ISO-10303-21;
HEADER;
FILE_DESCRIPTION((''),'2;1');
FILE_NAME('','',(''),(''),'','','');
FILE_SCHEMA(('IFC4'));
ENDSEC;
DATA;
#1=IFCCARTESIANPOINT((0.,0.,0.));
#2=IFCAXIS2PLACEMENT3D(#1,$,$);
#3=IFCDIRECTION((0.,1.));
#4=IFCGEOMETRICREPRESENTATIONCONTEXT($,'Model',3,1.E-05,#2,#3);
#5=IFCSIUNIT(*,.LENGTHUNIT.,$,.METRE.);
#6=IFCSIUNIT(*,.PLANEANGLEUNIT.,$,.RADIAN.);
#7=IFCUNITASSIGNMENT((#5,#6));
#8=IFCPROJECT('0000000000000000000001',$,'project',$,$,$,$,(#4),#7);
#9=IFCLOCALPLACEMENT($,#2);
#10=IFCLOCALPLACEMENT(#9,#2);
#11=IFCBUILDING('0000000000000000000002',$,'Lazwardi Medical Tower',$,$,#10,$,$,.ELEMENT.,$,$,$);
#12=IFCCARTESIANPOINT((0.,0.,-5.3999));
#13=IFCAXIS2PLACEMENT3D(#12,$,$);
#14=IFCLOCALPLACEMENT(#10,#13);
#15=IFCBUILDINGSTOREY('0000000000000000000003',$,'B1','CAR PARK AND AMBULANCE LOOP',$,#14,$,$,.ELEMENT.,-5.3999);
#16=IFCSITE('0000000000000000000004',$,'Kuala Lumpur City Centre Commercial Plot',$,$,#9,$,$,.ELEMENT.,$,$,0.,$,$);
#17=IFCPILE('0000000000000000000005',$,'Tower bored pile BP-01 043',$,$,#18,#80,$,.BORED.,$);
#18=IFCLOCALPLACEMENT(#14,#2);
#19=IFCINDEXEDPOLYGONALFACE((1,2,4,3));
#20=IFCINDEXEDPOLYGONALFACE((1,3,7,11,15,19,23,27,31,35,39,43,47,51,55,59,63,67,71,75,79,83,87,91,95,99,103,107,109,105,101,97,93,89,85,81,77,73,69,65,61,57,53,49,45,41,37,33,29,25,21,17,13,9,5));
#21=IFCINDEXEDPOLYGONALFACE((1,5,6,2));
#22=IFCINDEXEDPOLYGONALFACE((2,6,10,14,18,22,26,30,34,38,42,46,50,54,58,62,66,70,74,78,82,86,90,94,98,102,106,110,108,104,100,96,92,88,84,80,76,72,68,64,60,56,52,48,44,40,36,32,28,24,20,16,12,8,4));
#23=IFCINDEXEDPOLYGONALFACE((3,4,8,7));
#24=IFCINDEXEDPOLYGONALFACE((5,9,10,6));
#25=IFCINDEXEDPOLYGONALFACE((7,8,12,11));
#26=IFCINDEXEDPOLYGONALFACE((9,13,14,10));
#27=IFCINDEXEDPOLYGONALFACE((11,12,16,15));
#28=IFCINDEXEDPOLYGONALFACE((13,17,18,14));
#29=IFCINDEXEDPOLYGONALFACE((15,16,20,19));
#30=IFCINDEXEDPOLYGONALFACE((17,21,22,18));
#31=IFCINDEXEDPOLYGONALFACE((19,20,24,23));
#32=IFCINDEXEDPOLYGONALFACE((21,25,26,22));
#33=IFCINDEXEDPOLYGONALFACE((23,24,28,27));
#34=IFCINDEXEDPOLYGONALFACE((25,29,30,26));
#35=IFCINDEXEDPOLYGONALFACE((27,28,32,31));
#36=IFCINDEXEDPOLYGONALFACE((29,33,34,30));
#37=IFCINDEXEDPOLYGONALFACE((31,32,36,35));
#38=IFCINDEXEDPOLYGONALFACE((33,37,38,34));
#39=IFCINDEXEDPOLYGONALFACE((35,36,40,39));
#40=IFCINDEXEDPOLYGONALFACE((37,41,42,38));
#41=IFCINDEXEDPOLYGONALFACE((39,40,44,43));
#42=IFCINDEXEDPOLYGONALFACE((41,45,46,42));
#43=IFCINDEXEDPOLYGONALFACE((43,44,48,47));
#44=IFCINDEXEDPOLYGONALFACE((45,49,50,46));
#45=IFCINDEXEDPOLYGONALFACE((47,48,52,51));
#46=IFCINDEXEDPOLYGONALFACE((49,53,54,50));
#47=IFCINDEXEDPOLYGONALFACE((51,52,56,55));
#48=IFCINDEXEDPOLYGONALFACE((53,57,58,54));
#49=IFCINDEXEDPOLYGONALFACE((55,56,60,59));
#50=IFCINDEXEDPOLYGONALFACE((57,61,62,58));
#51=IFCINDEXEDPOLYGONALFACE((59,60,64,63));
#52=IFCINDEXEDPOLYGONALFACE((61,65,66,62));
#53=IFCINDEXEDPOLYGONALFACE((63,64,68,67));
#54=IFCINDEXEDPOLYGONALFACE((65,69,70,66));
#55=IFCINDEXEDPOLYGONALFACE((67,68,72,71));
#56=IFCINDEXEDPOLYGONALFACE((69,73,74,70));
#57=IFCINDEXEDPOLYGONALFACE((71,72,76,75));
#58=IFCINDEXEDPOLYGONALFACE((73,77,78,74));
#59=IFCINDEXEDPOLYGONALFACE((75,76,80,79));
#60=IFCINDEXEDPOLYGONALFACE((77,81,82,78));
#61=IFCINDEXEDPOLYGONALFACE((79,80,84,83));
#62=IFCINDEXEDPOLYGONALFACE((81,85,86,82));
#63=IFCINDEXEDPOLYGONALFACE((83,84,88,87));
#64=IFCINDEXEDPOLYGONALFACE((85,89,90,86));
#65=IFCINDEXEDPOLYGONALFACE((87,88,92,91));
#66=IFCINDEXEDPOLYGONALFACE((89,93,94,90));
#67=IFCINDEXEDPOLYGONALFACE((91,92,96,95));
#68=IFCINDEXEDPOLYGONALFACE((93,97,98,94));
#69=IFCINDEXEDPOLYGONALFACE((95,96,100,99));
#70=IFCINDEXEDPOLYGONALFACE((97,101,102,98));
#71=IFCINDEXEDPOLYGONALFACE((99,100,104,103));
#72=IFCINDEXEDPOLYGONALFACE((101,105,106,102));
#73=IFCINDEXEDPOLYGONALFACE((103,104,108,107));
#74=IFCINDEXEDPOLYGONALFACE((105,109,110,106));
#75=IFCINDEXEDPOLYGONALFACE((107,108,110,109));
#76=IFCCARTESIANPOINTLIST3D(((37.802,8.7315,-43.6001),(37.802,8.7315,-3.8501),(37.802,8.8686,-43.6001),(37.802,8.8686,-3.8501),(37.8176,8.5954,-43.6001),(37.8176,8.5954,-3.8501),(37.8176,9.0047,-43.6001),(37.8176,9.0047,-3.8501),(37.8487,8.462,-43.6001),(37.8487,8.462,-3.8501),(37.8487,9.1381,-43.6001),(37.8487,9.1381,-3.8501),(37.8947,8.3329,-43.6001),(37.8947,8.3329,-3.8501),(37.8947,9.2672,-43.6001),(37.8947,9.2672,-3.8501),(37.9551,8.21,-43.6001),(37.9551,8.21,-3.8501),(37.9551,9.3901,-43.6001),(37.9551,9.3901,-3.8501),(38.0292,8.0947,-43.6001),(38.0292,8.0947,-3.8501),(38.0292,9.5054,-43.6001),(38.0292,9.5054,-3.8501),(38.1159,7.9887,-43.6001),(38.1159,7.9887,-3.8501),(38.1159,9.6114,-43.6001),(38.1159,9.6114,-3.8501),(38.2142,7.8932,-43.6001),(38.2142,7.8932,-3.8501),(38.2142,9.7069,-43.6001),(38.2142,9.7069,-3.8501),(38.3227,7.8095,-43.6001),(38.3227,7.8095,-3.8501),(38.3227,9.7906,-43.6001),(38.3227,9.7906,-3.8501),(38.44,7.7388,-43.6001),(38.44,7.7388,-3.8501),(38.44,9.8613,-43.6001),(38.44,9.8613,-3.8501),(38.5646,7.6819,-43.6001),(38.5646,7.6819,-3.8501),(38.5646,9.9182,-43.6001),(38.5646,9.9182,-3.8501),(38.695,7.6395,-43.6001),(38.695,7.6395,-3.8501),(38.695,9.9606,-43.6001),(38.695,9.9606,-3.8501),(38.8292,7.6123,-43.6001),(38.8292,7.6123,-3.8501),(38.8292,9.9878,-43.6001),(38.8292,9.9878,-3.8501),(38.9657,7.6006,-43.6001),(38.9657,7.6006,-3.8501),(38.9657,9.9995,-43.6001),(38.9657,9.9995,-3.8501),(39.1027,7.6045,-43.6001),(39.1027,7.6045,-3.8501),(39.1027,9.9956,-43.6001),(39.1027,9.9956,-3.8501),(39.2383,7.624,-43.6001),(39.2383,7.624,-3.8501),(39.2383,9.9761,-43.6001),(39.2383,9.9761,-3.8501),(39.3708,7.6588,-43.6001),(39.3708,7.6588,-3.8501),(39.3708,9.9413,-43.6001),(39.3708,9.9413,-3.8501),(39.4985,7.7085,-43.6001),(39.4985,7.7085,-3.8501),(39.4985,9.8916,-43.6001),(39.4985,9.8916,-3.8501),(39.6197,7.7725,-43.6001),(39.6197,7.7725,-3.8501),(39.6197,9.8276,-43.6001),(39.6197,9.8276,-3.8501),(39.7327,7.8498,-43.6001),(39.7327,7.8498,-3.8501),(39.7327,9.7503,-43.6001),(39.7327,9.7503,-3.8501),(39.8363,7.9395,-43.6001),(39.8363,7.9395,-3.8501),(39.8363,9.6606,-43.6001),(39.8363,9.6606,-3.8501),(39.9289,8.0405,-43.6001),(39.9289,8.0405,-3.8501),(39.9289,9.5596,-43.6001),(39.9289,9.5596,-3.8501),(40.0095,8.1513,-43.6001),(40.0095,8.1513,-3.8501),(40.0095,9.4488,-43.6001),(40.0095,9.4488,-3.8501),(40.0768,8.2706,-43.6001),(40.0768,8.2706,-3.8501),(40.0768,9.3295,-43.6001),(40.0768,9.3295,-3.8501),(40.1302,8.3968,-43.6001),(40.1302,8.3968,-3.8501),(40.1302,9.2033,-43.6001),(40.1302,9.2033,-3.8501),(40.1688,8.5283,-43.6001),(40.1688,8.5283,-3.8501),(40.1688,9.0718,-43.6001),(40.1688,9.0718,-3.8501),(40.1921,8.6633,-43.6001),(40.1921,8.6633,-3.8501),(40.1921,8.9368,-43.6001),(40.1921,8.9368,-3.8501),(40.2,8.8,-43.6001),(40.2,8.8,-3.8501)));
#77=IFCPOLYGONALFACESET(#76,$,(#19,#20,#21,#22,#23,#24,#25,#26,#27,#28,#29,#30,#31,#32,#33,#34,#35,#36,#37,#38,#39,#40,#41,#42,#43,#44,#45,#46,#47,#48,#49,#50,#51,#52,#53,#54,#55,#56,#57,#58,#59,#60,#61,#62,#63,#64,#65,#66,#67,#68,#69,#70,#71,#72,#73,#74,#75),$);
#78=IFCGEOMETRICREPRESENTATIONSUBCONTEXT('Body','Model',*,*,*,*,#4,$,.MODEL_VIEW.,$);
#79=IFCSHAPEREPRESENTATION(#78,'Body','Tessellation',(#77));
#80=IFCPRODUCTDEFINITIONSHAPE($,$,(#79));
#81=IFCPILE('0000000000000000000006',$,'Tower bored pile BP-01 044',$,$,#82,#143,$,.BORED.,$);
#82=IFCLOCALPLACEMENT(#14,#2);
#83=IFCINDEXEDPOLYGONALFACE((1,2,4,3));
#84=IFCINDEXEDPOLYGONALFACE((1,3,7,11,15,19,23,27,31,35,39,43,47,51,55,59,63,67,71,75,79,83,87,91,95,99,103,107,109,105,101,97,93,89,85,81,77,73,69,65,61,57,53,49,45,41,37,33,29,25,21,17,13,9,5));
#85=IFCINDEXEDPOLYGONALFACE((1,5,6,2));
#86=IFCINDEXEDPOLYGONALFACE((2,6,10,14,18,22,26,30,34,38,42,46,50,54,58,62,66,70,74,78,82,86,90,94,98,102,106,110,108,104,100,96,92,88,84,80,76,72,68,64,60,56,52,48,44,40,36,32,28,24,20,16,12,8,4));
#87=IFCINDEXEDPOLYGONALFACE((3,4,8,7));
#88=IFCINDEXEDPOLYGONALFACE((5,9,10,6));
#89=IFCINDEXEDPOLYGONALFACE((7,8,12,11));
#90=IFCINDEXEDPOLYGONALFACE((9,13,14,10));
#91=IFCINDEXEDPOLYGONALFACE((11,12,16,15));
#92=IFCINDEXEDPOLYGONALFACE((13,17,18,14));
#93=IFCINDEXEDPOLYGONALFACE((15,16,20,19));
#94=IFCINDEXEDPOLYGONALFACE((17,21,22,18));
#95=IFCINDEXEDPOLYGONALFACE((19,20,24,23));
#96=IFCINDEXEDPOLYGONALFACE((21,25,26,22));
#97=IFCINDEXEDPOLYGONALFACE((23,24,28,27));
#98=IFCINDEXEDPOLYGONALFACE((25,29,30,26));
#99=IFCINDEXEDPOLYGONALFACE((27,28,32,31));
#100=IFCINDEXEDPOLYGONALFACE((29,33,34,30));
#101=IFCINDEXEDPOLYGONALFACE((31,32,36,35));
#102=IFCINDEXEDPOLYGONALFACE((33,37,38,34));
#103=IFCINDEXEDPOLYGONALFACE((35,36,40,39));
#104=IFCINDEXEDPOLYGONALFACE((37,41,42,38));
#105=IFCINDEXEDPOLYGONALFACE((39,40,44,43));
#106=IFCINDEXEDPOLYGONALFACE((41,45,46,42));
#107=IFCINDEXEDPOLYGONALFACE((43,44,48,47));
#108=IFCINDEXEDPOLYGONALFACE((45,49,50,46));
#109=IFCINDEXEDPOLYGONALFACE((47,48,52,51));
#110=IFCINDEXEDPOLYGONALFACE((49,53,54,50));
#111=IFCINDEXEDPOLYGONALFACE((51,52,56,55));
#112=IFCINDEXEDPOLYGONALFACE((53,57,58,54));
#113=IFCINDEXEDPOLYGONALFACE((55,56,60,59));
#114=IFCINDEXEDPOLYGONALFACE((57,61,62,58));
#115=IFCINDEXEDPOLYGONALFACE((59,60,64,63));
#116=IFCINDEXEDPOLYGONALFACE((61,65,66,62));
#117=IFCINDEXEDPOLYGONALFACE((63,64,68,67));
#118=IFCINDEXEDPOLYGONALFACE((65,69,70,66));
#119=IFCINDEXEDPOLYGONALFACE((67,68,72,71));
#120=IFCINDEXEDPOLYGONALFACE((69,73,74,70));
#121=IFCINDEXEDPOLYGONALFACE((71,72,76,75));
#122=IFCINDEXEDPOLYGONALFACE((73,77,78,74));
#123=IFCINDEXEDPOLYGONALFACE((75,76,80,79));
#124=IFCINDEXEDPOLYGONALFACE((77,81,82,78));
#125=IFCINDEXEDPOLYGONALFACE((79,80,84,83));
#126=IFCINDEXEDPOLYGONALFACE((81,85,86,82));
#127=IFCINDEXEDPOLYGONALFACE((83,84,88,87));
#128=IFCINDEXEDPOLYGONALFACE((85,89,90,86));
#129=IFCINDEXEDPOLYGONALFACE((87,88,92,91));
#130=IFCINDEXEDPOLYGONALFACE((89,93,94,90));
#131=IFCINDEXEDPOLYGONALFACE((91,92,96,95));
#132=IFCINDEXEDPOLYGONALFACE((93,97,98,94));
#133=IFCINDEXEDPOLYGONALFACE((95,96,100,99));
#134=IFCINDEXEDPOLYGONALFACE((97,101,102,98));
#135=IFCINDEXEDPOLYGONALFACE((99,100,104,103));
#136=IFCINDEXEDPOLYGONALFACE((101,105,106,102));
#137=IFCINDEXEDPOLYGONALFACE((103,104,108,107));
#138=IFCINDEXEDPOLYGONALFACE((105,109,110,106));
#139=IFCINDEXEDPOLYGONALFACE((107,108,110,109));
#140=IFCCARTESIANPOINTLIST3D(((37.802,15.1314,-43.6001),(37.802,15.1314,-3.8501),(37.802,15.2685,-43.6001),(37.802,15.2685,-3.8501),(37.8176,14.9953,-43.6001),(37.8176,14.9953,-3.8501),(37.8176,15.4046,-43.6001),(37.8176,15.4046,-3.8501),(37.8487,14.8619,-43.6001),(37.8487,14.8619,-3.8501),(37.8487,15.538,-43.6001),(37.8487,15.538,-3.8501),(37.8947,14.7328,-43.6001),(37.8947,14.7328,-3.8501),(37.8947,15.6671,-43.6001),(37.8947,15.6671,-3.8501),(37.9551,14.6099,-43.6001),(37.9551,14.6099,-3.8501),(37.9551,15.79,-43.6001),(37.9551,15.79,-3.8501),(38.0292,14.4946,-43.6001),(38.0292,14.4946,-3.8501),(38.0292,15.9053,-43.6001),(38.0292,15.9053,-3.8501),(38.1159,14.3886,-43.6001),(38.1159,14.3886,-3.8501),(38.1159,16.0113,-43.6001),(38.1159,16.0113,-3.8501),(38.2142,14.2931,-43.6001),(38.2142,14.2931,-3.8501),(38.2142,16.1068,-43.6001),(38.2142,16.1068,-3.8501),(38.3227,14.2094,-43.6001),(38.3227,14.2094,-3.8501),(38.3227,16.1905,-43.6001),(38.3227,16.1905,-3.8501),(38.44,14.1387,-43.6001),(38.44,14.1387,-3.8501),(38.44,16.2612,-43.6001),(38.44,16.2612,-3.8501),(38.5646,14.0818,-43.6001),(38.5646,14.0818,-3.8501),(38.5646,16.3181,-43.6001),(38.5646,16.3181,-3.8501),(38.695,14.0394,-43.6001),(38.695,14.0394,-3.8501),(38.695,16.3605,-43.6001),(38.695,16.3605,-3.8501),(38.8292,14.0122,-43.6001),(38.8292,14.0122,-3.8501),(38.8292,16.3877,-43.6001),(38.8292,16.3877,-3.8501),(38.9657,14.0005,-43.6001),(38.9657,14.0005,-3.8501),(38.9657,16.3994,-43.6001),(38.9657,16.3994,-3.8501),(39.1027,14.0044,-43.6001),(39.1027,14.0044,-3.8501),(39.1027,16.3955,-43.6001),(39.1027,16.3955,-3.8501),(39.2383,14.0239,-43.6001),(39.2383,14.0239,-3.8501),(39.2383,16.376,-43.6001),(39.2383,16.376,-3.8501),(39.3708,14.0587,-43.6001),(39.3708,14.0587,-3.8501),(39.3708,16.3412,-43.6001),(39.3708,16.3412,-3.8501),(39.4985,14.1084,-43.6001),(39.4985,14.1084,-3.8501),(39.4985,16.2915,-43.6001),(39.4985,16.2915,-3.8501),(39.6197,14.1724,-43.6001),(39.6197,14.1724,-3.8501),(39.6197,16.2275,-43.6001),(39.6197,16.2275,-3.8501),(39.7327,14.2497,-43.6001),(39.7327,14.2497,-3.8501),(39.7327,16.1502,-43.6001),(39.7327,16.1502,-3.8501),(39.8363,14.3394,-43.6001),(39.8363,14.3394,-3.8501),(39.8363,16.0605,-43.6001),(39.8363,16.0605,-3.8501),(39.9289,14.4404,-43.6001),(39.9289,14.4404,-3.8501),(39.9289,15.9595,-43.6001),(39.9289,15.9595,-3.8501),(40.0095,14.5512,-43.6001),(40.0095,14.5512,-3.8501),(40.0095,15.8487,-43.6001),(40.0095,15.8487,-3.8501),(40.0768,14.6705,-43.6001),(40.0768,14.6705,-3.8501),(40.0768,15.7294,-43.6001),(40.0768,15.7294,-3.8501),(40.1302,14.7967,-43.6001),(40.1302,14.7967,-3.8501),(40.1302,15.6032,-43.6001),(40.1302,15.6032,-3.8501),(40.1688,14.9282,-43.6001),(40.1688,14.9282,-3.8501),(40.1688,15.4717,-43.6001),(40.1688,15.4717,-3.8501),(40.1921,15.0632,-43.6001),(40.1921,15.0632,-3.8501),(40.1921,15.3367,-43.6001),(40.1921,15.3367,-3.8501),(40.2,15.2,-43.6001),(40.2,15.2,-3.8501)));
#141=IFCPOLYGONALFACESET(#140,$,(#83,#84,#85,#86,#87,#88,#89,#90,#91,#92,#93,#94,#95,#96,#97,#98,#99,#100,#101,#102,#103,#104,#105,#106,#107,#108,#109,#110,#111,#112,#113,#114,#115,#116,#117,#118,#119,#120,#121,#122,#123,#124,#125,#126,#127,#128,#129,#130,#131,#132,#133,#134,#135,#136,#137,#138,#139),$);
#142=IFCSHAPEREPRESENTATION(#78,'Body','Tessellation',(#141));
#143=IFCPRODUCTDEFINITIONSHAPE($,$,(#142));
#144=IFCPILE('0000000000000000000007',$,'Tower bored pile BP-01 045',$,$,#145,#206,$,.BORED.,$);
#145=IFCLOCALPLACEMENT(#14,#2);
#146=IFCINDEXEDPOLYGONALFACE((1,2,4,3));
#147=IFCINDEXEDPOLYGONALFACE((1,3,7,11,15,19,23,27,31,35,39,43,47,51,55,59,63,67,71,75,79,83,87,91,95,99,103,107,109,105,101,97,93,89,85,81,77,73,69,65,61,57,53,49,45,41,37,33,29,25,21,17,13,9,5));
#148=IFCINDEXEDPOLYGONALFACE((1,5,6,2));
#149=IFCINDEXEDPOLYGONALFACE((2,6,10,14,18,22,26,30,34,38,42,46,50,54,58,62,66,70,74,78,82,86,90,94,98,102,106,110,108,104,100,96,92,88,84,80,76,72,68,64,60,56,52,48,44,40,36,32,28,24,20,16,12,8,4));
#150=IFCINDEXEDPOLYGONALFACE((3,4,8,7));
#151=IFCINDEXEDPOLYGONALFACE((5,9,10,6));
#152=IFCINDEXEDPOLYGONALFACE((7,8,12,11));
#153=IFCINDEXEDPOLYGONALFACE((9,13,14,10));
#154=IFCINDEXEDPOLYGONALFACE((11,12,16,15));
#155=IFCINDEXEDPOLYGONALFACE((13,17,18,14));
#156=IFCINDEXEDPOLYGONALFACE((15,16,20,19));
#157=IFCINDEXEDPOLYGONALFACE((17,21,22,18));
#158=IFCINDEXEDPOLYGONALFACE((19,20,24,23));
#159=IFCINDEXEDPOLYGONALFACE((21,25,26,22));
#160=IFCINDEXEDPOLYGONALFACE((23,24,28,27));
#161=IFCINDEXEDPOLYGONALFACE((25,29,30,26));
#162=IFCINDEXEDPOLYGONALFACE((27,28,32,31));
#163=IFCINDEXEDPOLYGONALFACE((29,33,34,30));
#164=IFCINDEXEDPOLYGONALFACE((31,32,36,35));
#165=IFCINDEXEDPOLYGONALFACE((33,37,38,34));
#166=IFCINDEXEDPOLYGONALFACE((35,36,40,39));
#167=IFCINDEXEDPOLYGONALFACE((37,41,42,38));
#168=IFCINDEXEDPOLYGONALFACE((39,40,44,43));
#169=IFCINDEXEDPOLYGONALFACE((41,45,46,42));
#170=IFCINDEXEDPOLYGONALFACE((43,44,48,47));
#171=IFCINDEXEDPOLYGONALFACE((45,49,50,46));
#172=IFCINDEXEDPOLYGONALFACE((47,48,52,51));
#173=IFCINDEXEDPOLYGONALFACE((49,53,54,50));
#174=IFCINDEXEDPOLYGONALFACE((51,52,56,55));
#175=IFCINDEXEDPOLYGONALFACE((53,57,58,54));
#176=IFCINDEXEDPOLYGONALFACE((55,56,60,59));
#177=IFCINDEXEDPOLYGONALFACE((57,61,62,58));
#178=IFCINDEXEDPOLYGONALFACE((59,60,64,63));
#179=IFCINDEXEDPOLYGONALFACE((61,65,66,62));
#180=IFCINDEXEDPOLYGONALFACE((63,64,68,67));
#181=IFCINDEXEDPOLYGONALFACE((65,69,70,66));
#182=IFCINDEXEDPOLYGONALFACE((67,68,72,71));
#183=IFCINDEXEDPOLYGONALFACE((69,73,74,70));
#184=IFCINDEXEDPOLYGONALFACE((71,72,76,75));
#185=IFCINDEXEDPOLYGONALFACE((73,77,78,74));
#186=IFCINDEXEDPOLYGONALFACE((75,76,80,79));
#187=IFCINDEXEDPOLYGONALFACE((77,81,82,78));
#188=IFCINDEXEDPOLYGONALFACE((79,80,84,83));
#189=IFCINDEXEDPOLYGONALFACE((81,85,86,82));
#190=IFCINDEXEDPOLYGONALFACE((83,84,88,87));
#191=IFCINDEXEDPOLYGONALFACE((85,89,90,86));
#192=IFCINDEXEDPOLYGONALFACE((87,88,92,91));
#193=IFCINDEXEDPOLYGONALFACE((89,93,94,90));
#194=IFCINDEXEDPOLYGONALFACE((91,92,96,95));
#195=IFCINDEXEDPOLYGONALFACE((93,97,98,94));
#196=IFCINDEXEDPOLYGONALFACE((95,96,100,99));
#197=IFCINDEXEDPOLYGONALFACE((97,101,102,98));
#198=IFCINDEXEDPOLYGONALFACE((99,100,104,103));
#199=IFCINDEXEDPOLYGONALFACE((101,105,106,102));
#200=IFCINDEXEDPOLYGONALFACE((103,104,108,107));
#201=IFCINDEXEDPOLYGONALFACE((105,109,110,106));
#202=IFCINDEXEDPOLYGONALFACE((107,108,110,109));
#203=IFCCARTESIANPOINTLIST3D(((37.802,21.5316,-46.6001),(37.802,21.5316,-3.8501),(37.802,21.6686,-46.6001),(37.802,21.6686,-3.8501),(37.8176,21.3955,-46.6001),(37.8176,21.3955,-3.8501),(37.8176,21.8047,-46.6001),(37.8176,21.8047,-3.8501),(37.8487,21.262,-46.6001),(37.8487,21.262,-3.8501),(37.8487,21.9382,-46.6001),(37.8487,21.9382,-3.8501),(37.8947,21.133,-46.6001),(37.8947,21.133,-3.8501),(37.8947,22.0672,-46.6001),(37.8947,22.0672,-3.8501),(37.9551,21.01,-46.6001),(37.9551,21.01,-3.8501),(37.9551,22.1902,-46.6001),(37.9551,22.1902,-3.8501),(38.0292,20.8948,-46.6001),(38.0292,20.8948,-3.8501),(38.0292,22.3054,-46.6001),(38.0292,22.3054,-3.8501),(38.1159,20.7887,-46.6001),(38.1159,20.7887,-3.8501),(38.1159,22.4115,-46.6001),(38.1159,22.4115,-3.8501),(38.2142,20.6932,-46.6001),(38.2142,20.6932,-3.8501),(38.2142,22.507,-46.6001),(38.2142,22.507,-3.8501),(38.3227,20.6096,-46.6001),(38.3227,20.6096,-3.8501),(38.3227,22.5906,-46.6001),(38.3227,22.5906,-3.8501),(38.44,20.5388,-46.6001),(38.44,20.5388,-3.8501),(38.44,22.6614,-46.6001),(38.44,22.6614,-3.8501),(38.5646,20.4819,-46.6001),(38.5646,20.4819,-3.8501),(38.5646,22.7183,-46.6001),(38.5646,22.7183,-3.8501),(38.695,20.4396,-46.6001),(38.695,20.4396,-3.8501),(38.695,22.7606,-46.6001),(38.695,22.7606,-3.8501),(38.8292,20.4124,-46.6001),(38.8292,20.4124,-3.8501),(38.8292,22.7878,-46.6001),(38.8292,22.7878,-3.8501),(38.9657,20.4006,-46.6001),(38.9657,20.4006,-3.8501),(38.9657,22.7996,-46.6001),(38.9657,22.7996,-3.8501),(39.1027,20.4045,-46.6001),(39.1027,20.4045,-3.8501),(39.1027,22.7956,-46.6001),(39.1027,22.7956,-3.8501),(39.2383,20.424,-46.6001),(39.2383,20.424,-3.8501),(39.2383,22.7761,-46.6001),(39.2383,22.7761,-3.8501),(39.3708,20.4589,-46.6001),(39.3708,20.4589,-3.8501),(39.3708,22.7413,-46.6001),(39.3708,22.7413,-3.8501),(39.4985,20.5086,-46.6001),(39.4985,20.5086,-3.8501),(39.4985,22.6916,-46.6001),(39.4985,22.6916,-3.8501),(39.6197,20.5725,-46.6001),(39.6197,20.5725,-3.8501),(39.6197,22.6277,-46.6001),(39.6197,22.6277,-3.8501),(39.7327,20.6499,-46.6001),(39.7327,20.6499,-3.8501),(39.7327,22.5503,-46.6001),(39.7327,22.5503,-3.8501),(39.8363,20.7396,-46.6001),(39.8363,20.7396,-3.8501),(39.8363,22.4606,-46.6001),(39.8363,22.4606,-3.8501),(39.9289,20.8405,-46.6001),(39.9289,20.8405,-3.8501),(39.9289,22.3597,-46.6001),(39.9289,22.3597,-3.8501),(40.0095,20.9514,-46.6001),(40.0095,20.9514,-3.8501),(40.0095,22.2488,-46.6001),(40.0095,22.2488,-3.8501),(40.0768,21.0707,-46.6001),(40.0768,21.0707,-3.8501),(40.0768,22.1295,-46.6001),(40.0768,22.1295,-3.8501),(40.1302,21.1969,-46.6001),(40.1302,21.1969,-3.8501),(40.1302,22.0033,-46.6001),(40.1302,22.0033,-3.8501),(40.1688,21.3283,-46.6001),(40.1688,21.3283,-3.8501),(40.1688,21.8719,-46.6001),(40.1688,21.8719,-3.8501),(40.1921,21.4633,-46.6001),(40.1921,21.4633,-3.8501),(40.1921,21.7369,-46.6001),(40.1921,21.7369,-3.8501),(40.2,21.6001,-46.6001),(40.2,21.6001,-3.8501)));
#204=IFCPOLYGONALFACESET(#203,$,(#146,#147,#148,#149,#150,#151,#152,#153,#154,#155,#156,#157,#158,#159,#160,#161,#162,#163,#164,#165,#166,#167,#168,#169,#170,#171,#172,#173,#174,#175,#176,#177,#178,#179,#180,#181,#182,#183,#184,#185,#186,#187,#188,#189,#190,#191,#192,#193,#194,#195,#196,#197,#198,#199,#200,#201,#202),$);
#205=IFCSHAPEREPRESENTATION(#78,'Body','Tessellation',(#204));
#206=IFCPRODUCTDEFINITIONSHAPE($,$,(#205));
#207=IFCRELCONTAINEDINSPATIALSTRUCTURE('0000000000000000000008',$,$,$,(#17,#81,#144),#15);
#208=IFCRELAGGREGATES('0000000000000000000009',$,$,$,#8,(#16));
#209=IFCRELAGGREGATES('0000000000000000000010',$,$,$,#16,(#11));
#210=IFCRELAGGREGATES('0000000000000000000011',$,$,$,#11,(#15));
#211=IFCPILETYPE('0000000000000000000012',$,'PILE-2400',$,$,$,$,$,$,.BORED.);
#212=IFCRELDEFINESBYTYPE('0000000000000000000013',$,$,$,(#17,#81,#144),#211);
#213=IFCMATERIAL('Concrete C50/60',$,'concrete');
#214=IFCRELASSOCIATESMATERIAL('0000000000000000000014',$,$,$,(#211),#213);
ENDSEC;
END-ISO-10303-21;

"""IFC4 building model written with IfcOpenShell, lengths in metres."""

from ifc_helpers import new_model, si_unit, direction, frame, origin, origin_2d, place, context, subcontext, project, spatial, circle, extrude, material, material_profile, profile_set, type_object, element, save


model = new_model("IFC4")

# Units and contexts
model_context = context("Model", 3, precision=1e-05, world=origin(), true_north=direction((0.0, 1.0)))
body_context = subcontext(model_context, "Body", "Model", "MODEL_VIEW")
ifc_project = project(units=[si_unit("LENGTHUNIT", "METRE"), si_unit("PLANEANGLEUNIT", "RADIAN")], contexts=[model_context])

# Site, building, storey
site_placement = place(None, origin())
site = spatial("IfcSite", under=ifc_project, at=site_placement, Name="Kuala Lumpur City Centre Commercial Plot", CompositionType="ELEMENT", RefElevation=0.0)
building_placement = place(site_placement, origin())
building = spatial("IfcBuilding", under=site, at=building_placement, Name="Lazwardi Medical Tower", CompositionType="ELEMENT")
storey_placement = place(building_placement, frame((0.0, 0.0, -5.3999)))
storey = spatial("IfcBuildingStorey", under=building, at=storey_placement, Name="B1", Description="CAR PARK AND AMBULANCE LOOP", CompositionType="ELEMENT", Elevation=-5.3999)

# Piles
ifc_material_1 = material(Name="Concrete C50/60", Category="concrete")
ifc_material_profile_1 = material_profile(ifc_material_1, circle(Radius=1.2, at=origin_2d()), Name="BORED PILE D2400")
ifc_profile_set_1 = profile_set([ifc_material_profile_1], Name="Concrete C50/60")
pile_type = type_object("IfcPileType", Name="PILE-2400", PredefinedType="BORED", material=ifc_profile_set_1)
for number, where, z_axis, x_axis, name in (
    (1, (39.0, 8.8, -3.8501), (0.0, 0.0, -1.0), (1.0, 0.0, 0.0), "Tower bored pile BP-01 043"),
    (2, (39.0, 15.2, -3.8501), (0.0, 0.0, -1.0), (1.0, 0.0, 0.0), "Tower bored pile BP-01 044"),
):
    element("IfcPile", number, at=place(storey_placement, frame(where, z_axis=z_axis, x_axis=x_axis)), inside=storey, type_object=pile_type, Name=name, PredefinedType="BORED", context=body_context, shape_type="SweptSolid", body=[
        extrude(circle(Radius=1.2, at=origin_2d()), origin(), (0.0, 0.0, 1.0), 39.75),
    ])
pile_placement = place(storey_placement, frame((39.0, 21.6001, -3.8501), z_axis=(0.0, 0.0, -1.0), x_axis=(1.0, 0.0, 0.0)))
element("IfcPile", 3, at=pile_placement, inside=storey, type_object=pile_type, Name="Tower bored pile BP-01 045", PredefinedType="BORED", context=body_context, shape_type="SweptSolid", body=[
    extrude(circle(Radius=1.2, at=origin_2d()), origin(), (0.0, 0.0, 1.0), 42.75),
])

save(model, "model.ifc")
